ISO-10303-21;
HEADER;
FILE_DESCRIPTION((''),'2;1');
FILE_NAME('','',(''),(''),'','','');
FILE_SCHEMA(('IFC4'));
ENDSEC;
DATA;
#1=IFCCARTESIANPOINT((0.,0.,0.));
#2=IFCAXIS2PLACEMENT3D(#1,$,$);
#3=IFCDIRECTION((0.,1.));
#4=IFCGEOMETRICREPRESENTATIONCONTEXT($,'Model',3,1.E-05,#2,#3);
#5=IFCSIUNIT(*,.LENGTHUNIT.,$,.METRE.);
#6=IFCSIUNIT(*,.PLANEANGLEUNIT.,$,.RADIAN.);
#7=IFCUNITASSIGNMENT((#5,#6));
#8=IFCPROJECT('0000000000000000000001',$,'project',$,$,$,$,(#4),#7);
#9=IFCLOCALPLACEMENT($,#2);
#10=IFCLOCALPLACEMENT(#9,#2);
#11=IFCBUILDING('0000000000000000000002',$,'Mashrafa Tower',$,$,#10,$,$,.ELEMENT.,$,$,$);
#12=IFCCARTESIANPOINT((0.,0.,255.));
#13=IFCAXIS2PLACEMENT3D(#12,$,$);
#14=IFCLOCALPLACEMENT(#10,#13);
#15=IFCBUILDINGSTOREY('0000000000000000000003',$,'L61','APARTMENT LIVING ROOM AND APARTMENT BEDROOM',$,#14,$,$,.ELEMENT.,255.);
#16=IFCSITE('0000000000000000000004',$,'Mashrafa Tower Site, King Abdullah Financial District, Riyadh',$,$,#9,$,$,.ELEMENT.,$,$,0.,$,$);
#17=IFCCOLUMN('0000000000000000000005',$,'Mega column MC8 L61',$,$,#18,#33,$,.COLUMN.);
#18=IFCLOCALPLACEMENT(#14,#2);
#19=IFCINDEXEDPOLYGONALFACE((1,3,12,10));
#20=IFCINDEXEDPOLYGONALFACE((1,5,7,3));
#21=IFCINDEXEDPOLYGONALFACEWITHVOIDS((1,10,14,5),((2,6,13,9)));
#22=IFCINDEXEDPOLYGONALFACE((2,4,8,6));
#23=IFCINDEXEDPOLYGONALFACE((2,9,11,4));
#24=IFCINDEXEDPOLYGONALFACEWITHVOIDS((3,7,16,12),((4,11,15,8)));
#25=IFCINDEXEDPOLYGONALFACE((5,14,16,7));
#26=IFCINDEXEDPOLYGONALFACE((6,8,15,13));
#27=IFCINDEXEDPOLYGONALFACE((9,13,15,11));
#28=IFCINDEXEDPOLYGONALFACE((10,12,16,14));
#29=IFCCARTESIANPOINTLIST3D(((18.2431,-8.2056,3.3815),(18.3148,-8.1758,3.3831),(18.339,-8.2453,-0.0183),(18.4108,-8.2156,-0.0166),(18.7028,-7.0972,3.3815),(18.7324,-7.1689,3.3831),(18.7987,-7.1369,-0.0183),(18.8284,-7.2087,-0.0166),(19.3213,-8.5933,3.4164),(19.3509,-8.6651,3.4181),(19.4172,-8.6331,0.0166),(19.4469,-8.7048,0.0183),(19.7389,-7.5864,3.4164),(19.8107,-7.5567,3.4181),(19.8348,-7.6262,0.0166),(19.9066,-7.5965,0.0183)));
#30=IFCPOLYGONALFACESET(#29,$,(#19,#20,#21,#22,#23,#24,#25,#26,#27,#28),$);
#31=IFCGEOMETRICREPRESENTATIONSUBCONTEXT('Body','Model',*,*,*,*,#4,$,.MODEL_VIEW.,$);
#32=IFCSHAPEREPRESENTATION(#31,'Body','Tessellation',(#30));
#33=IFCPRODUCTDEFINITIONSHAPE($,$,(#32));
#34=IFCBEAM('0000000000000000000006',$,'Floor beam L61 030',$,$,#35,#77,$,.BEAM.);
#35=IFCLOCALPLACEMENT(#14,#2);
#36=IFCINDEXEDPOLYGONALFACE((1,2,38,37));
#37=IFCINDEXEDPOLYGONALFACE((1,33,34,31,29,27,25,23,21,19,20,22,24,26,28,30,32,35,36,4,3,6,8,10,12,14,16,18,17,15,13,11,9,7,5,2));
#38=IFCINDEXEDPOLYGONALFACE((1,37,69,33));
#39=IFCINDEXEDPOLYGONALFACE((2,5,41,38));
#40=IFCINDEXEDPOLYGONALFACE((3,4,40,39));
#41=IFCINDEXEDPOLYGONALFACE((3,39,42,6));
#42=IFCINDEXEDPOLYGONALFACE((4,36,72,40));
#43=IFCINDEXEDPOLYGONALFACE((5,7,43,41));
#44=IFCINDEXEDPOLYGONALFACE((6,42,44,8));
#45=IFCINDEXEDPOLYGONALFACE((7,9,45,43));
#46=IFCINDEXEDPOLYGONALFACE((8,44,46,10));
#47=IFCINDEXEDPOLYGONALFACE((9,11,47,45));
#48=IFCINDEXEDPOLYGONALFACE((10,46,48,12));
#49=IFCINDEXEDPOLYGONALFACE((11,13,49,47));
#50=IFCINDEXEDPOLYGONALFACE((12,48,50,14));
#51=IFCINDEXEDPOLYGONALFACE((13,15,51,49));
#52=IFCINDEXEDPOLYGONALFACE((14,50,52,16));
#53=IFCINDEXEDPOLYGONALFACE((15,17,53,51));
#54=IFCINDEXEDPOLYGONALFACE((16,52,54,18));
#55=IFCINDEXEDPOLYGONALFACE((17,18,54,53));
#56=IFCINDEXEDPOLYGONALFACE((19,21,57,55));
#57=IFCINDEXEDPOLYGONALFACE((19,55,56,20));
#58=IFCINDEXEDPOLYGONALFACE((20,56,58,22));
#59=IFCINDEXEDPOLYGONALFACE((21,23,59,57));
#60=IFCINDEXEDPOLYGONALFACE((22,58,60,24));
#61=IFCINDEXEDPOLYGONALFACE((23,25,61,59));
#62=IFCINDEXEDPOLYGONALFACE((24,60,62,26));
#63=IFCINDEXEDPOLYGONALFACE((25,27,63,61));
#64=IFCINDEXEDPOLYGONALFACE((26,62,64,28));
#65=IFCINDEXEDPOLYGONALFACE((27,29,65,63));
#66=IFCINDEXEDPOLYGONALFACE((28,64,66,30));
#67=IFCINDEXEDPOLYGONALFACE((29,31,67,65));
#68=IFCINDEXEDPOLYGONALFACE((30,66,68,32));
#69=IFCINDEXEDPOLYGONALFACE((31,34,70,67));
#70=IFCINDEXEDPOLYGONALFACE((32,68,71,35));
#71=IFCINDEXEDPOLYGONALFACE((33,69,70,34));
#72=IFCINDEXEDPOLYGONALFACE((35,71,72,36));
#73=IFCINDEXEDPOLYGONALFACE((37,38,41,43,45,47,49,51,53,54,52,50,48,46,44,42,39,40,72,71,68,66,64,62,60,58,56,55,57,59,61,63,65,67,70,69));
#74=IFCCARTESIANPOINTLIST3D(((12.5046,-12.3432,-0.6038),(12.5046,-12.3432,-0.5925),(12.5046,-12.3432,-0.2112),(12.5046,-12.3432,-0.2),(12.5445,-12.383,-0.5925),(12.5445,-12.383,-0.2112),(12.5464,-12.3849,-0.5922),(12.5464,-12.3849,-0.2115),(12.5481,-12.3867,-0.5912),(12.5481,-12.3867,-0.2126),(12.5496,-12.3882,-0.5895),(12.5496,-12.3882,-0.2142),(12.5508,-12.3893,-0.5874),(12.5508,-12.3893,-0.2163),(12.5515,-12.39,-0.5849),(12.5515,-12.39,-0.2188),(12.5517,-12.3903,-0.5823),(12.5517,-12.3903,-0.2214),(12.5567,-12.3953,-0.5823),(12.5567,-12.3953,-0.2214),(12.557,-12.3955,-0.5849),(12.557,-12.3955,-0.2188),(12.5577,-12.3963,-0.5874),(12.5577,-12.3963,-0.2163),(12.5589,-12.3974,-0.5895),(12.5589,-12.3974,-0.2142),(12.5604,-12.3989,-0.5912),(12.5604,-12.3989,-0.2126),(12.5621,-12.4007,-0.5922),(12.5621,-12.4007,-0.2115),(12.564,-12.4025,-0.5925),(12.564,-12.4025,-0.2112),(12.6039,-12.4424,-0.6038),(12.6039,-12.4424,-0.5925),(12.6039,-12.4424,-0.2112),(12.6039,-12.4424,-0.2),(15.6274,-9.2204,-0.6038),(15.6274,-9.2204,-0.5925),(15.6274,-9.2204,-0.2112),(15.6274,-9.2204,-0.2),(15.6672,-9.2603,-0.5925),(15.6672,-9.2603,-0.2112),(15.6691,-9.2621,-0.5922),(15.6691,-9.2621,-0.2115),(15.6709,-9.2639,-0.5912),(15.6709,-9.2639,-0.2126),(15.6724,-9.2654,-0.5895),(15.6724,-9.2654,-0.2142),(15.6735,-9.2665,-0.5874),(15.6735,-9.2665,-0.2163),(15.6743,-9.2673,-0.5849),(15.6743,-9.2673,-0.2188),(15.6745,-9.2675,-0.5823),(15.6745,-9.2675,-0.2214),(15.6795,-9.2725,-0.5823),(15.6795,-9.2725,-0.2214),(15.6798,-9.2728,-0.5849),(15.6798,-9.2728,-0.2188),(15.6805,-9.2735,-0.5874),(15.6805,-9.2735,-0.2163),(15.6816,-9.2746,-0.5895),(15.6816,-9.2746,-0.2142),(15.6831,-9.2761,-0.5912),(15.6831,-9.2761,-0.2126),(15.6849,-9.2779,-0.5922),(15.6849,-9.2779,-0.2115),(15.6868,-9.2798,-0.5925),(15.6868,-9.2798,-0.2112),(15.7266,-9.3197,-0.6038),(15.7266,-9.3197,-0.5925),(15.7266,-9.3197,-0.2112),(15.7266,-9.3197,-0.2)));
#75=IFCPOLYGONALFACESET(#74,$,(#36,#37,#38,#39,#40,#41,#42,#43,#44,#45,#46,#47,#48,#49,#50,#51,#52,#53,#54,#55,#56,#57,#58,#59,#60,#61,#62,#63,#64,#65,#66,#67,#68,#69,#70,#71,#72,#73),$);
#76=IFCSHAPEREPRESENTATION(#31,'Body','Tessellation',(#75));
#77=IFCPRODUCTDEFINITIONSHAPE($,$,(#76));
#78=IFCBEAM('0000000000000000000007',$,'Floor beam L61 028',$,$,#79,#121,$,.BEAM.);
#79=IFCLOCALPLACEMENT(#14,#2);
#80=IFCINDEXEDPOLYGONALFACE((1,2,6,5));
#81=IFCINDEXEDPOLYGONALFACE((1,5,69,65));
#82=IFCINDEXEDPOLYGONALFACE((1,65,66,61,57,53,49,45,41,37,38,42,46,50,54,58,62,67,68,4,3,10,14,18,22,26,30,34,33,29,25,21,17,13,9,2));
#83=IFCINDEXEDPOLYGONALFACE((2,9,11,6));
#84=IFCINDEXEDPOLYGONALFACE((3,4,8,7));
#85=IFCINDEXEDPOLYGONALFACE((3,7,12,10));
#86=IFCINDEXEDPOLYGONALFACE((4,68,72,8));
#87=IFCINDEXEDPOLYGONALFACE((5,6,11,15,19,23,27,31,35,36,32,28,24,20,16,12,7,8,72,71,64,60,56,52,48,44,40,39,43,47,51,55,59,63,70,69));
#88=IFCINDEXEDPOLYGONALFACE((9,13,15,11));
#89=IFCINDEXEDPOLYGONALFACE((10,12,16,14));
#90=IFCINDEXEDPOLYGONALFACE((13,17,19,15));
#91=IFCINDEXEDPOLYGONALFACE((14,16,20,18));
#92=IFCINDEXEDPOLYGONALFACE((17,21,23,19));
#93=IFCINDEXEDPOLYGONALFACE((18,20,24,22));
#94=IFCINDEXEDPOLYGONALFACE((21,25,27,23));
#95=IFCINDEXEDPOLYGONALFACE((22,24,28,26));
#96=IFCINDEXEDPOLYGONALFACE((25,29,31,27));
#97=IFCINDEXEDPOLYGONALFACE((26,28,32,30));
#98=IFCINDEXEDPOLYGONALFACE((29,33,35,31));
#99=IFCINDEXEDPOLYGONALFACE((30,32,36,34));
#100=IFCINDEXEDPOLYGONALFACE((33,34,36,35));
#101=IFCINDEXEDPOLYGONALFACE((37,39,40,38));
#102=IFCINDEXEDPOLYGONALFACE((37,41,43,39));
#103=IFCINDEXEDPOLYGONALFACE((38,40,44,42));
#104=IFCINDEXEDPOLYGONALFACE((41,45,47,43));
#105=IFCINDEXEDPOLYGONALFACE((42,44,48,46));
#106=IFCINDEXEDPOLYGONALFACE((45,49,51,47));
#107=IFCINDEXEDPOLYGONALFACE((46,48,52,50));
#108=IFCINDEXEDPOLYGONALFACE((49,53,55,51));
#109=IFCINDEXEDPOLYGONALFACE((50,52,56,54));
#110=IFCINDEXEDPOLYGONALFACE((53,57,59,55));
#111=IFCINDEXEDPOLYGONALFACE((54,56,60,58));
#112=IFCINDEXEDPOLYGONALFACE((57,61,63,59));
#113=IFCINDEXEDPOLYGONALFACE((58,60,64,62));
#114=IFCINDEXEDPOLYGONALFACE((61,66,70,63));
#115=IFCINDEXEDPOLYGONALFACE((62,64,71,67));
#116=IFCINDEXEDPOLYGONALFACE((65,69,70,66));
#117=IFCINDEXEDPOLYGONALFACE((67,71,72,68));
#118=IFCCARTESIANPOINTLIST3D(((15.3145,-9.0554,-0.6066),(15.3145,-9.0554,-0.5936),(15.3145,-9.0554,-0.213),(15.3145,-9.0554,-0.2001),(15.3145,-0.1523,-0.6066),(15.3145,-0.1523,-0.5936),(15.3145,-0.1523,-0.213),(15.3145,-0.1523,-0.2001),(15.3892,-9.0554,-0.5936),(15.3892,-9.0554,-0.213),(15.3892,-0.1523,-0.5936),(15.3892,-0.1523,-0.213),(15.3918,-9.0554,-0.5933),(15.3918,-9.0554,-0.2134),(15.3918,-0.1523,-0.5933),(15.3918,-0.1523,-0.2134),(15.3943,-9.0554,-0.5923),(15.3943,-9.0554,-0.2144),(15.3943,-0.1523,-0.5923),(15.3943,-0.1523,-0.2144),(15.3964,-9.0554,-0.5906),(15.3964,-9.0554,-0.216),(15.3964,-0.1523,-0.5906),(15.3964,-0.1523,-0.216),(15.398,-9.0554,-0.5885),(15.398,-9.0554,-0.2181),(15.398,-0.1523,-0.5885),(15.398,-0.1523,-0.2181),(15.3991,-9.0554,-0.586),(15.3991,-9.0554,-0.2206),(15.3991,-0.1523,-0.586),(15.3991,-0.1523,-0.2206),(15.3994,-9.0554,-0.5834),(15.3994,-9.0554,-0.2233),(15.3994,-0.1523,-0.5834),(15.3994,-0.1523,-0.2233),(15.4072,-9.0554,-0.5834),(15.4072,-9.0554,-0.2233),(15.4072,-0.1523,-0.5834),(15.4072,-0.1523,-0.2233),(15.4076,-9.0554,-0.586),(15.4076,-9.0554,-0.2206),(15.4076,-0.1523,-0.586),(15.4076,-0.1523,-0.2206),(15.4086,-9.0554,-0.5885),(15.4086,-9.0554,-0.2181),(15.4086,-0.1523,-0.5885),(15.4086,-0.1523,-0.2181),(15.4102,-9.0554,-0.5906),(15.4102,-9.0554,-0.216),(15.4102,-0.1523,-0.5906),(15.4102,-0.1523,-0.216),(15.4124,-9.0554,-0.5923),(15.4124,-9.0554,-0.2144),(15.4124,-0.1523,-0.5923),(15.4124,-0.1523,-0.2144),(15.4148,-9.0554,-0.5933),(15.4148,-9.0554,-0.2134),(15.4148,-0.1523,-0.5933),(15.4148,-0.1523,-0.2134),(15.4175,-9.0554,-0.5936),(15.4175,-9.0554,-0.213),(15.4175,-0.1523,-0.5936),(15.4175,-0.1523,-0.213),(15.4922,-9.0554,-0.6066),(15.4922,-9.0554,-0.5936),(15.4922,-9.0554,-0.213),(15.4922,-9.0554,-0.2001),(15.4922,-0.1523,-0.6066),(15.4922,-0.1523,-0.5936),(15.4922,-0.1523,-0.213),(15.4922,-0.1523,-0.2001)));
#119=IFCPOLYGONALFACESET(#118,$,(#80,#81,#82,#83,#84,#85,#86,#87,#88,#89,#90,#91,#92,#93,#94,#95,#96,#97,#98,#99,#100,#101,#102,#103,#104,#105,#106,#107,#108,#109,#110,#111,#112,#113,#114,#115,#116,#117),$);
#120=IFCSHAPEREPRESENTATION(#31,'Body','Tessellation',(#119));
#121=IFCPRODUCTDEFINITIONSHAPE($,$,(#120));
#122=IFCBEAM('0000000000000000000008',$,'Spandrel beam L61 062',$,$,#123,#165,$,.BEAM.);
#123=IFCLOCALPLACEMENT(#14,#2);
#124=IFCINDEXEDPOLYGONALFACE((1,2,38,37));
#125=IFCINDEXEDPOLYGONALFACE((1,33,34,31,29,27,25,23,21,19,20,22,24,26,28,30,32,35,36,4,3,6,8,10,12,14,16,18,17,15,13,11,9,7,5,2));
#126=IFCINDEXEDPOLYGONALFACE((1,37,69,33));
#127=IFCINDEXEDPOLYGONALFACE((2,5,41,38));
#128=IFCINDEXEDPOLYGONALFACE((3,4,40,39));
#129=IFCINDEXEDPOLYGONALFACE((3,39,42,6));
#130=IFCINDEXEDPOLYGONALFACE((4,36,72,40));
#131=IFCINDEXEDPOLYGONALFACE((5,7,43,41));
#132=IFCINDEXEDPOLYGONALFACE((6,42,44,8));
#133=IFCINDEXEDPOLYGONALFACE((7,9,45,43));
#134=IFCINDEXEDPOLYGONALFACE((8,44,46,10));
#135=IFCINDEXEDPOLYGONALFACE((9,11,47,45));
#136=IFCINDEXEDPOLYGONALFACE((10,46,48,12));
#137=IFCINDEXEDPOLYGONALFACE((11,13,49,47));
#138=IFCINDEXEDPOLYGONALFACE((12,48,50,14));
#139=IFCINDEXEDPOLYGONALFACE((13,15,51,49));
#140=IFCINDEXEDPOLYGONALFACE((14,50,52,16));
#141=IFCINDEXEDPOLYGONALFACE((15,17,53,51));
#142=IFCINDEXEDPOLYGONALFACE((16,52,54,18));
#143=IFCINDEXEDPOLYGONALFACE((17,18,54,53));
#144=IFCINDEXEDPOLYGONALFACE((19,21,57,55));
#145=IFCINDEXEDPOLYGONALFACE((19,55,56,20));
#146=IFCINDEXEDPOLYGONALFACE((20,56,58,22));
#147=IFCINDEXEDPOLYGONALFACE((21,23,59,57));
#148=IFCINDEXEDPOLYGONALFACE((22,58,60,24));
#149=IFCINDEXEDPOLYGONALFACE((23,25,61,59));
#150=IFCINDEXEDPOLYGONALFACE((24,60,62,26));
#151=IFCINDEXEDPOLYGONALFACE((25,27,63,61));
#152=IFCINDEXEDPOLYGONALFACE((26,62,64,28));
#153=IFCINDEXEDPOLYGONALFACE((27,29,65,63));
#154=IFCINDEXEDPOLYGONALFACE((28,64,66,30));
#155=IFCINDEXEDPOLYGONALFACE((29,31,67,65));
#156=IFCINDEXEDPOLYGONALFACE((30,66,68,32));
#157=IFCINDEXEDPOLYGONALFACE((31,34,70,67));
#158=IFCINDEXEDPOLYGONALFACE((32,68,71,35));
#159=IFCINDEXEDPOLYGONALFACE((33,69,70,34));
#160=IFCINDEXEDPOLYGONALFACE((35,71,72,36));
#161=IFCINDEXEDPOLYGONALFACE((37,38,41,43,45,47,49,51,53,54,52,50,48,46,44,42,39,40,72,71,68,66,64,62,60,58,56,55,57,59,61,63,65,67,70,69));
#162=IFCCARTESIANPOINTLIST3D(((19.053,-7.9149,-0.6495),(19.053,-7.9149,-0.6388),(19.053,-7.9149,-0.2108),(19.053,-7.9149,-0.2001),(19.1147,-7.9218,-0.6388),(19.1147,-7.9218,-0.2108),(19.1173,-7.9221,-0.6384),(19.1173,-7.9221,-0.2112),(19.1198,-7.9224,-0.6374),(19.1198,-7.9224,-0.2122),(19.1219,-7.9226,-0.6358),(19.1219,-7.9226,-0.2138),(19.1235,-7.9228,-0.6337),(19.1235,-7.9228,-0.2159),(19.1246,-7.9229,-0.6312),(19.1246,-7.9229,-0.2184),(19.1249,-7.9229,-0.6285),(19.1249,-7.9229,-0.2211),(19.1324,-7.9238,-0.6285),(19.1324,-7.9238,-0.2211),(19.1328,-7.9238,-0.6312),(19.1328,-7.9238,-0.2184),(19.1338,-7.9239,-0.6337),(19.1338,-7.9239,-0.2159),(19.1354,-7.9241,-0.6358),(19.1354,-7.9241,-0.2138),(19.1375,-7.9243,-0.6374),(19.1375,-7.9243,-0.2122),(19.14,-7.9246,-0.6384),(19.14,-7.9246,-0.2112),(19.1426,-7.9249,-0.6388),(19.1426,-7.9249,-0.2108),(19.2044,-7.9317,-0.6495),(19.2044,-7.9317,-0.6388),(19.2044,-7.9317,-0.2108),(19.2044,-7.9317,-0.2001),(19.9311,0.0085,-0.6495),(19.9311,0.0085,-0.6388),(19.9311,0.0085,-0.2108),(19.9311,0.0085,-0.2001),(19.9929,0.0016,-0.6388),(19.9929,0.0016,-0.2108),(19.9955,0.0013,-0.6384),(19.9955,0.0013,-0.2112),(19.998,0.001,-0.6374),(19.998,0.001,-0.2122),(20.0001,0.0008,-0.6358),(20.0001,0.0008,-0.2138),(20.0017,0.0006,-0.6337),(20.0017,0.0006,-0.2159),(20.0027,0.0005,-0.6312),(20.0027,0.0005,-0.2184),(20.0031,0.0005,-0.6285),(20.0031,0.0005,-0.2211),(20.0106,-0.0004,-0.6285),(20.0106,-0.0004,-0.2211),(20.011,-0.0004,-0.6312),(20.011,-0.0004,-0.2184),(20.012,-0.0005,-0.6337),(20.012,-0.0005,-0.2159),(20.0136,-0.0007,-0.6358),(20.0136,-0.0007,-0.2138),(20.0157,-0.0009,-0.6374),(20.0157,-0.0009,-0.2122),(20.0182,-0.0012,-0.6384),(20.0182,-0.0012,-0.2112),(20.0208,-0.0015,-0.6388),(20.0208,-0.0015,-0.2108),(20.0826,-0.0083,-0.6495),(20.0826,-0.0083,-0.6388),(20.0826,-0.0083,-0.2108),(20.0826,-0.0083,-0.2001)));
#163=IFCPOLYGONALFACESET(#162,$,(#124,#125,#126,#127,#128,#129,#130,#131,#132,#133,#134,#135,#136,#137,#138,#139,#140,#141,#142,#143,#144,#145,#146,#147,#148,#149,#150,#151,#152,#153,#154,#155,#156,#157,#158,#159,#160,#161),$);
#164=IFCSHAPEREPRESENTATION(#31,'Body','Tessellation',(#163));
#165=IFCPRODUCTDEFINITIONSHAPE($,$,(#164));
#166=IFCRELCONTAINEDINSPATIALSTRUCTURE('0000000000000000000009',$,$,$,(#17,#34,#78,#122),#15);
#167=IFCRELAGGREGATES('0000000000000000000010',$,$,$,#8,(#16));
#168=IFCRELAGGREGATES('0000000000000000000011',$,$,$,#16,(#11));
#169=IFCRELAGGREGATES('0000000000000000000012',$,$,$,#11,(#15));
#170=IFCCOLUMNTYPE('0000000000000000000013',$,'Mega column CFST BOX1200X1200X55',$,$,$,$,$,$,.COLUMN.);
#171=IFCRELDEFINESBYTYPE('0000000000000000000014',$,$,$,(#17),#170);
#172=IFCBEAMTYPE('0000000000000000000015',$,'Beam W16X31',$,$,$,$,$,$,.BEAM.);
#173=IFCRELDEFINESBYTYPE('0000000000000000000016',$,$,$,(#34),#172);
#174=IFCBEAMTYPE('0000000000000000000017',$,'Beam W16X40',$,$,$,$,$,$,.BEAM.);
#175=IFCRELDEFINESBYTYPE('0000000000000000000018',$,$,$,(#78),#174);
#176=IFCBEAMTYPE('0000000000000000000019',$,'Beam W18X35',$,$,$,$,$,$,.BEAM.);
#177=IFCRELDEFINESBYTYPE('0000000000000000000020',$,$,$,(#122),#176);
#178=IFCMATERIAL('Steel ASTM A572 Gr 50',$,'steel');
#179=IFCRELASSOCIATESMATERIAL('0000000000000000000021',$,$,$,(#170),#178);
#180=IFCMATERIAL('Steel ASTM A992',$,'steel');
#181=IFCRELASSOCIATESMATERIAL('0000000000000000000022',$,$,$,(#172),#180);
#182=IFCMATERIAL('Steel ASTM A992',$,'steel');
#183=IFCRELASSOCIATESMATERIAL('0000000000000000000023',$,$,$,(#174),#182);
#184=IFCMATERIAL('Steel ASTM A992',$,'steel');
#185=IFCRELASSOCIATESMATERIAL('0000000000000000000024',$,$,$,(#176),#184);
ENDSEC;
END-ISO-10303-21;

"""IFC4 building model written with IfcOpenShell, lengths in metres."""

from ifc_helpers import new_model, si_unit, direction, frame, origin, origin_2d, place, context, subcontext, project, spatial, hollow_rectangle, i_section, extrude, material, material_profile, profile_set, type_object, element, save


model = new_model("IFC4")

# Units and contexts
model_context = context("Model", 3, precision=1e-05, world=origin(), true_north=direction((0.0, 1.0)))
body_context = subcontext(model_context, "Body", "Model", "MODEL_VIEW")
ifc_project = project(units=[si_unit("LENGTHUNIT", "METRE"), si_unit("PLANEANGLEUNIT", "RADIAN")], contexts=[model_context])

# Site, building, storey
site_placement = place(None, origin())
site = spatial("IfcSite", under=ifc_project, at=site_placement, Name="Mashrafa Tower Site, King Abdullah Financial District, Riyadh", CompositionType="ELEMENT", RefElevation=0.0)
building_placement = place(site_placement, origin())
building = spatial("IfcBuilding", under=site, at=building_placement, Name="Mashrafa Tower", CompositionType="ELEMENT")
storey_placement = place(building_placement, frame((0.0, 0.0, 255.0)))
storey = spatial("IfcBuildingStorey", under=building, at=storey_placement, Name="L61", Description="APARTMENT LIVING ROOM AND APARTMENT BEDROOM", CompositionType="ELEMENT", Elevation=255.0)

# Column
ifc_material_1 = material(Name="Steel ASTM A572 Gr 50", Category="steel")
ifc_material_profile_1 = material_profile(ifc_material_1, hollow_rectangle(XDim=1.2, YDim=1.2, WallThickness=0.0549, at=origin_2d()), Name="BOX1200X1200X55")
ifc_profile_set_1 = profile_set([ifc_material_profile_1], Name="Steel ASTM A572 Gr 50")
column_type = type_object("IfcColumnType", Name="Mega column CFST BOX1200X1200X55", PredefinedType="COLUMN", material=ifc_profile_set_1)
column_placement = place(storey_placement, frame((19.1228, -7.9209, 0.0), z_axis=(-0.028207, 0.011699, 0.999534), x_axis=(-0.383113, -0.923702, 0.0)))
element("IfcColumn", 1, at=column_placement, inside=storey, type_object=column_type, Name="Mega column MC8 L61", PredefinedType="COLUMN", context=body_context, shape_type="SweptSolid", body=[
    extrude(hollow_rectangle(XDim=1.2, YDim=1.2, WallThickness=0.0549, at=origin_2d()), origin(), (0.0, 0.0, 1.0), 3.4014),
])

# Beams
ifc_material_2 = material(Name="Steel ASTM A992", Category="steel")
ifc_material_profile_2 = material_profile(ifc_material_2, i_section(OverallWidth=0.1404, OverallDepth=0.4038, WebThickness=0.0071, FlangeThickness=0.0112, FilletRadius=0.0103, at=origin_2d()), Name="W16X31")
ifc_profile_set_2 = profile_set([ifc_material_profile_2], Name="Steel ASTM A992")
beam_type_1 = type_object("IfcBeamType", Name="Beam W16X31", PredefinedType="BEAM", material=ifc_profile_set_2)
beam_1_placement = place(storey_placement, frame((15.677, -9.27, -0.4019), z_axis=(-0.707107, -0.707107, 0.0), x_axis=(0.707107, -0.707107, 0.0)))
element("IfcBeam", 2, at=beam_1_placement, inside=storey, type_object=beam_type_1, Name="Floor beam L61 030", PredefinedType="BEAM", context=body_context, shape_type="SweptSolid", body=[
    extrude(i_section(OverallWidth=0.1404, OverallDepth=0.4038, WebThickness=0.0071, FlangeThickness=0.0112, FilletRadius=0.0103, at=origin_2d()), origin(), (0.0, 0.0, 1.0), 4.4163),
])
ifc_material_3 = material(Name="Steel ASTM A992", Category="steel")
ifc_material_profile_3 = material_profile(ifc_material_3, i_section(OverallWidth=0.1777, OverallDepth=0.4065, WebThickness=0.0078, FlangeThickness=0.0129, FilletRadius=0.0103, at=origin_2d()), Name="W16X40")
ifc_profile_set_3 = profile_set([ifc_material_profile_3], Name="Steel ASTM A992")
beam_type_2 = type_object("IfcBeamType", Name="Beam W16X40", PredefinedType="BEAM", material=ifc_profile_set_3)
beam_2_placement = place(storey_placement, frame((15.4033, -0.1523, -0.4033), z_axis=(0.0, -1.0, 0.0), x_axis=(1.0, 0.0, 0.0)))
element("IfcBeam", 3, at=beam_2_placement, inside=storey, type_object=beam_type_2, Name="Floor beam L61 028", PredefinedType="BEAM", context=body_context, shape_type="SweptSolid", body=[
    extrude(i_section(OverallWidth=0.1777, OverallDepth=0.4065, WebThickness=0.0078, FlangeThickness=0.0129, FilletRadius=0.0103, at=origin_2d()), origin(), (0.0, 0.0, 1.0), 8.9031),
])
ifc_material_4 = material(Name="Steel ASTM A992", Category="steel")
ifc_material_profile_4 = material_profile(ifc_material_4, i_section(OverallWidth=0.1523, OverallDepth=0.4495, WebThickness=0.0076, FlangeThickness=0.0107, FilletRadius=0.0103, at=origin_2d()), Name="W18X35")
ifc_profile_set_4 = profile_set([ifc_material_profile_4], Name="Steel ASTM A992")
beam_type_3 = type_object("IfcBeamType", Name="Beam W18X35", PredefinedType="BEAM", material=ifc_profile_set_4)
beam_3_placement = place(storey_placement, frame((19.1287, -7.9233, -0.4248), z_axis=(0.110159, 0.993914, 0.0), x_axis=(-0.993914, 0.110159, 0.0)))
element("IfcBeam", 4, at=beam_3_placement, inside=storey, type_object=beam_type_3, Name="Spandrel beam L61 062", PredefinedType="BEAM", context=body_context, shape_type="SweptSolid", body=[
    extrude(i_section(OverallWidth=0.1523, OverallDepth=0.4495, WebThickness=0.0076, FlangeThickness=0.0107, FilletRadius=0.0103, at=origin_2d()), origin(), (0.0, 0.0, 1.0), 7.9719),
])

save(model, "model.ifc")
